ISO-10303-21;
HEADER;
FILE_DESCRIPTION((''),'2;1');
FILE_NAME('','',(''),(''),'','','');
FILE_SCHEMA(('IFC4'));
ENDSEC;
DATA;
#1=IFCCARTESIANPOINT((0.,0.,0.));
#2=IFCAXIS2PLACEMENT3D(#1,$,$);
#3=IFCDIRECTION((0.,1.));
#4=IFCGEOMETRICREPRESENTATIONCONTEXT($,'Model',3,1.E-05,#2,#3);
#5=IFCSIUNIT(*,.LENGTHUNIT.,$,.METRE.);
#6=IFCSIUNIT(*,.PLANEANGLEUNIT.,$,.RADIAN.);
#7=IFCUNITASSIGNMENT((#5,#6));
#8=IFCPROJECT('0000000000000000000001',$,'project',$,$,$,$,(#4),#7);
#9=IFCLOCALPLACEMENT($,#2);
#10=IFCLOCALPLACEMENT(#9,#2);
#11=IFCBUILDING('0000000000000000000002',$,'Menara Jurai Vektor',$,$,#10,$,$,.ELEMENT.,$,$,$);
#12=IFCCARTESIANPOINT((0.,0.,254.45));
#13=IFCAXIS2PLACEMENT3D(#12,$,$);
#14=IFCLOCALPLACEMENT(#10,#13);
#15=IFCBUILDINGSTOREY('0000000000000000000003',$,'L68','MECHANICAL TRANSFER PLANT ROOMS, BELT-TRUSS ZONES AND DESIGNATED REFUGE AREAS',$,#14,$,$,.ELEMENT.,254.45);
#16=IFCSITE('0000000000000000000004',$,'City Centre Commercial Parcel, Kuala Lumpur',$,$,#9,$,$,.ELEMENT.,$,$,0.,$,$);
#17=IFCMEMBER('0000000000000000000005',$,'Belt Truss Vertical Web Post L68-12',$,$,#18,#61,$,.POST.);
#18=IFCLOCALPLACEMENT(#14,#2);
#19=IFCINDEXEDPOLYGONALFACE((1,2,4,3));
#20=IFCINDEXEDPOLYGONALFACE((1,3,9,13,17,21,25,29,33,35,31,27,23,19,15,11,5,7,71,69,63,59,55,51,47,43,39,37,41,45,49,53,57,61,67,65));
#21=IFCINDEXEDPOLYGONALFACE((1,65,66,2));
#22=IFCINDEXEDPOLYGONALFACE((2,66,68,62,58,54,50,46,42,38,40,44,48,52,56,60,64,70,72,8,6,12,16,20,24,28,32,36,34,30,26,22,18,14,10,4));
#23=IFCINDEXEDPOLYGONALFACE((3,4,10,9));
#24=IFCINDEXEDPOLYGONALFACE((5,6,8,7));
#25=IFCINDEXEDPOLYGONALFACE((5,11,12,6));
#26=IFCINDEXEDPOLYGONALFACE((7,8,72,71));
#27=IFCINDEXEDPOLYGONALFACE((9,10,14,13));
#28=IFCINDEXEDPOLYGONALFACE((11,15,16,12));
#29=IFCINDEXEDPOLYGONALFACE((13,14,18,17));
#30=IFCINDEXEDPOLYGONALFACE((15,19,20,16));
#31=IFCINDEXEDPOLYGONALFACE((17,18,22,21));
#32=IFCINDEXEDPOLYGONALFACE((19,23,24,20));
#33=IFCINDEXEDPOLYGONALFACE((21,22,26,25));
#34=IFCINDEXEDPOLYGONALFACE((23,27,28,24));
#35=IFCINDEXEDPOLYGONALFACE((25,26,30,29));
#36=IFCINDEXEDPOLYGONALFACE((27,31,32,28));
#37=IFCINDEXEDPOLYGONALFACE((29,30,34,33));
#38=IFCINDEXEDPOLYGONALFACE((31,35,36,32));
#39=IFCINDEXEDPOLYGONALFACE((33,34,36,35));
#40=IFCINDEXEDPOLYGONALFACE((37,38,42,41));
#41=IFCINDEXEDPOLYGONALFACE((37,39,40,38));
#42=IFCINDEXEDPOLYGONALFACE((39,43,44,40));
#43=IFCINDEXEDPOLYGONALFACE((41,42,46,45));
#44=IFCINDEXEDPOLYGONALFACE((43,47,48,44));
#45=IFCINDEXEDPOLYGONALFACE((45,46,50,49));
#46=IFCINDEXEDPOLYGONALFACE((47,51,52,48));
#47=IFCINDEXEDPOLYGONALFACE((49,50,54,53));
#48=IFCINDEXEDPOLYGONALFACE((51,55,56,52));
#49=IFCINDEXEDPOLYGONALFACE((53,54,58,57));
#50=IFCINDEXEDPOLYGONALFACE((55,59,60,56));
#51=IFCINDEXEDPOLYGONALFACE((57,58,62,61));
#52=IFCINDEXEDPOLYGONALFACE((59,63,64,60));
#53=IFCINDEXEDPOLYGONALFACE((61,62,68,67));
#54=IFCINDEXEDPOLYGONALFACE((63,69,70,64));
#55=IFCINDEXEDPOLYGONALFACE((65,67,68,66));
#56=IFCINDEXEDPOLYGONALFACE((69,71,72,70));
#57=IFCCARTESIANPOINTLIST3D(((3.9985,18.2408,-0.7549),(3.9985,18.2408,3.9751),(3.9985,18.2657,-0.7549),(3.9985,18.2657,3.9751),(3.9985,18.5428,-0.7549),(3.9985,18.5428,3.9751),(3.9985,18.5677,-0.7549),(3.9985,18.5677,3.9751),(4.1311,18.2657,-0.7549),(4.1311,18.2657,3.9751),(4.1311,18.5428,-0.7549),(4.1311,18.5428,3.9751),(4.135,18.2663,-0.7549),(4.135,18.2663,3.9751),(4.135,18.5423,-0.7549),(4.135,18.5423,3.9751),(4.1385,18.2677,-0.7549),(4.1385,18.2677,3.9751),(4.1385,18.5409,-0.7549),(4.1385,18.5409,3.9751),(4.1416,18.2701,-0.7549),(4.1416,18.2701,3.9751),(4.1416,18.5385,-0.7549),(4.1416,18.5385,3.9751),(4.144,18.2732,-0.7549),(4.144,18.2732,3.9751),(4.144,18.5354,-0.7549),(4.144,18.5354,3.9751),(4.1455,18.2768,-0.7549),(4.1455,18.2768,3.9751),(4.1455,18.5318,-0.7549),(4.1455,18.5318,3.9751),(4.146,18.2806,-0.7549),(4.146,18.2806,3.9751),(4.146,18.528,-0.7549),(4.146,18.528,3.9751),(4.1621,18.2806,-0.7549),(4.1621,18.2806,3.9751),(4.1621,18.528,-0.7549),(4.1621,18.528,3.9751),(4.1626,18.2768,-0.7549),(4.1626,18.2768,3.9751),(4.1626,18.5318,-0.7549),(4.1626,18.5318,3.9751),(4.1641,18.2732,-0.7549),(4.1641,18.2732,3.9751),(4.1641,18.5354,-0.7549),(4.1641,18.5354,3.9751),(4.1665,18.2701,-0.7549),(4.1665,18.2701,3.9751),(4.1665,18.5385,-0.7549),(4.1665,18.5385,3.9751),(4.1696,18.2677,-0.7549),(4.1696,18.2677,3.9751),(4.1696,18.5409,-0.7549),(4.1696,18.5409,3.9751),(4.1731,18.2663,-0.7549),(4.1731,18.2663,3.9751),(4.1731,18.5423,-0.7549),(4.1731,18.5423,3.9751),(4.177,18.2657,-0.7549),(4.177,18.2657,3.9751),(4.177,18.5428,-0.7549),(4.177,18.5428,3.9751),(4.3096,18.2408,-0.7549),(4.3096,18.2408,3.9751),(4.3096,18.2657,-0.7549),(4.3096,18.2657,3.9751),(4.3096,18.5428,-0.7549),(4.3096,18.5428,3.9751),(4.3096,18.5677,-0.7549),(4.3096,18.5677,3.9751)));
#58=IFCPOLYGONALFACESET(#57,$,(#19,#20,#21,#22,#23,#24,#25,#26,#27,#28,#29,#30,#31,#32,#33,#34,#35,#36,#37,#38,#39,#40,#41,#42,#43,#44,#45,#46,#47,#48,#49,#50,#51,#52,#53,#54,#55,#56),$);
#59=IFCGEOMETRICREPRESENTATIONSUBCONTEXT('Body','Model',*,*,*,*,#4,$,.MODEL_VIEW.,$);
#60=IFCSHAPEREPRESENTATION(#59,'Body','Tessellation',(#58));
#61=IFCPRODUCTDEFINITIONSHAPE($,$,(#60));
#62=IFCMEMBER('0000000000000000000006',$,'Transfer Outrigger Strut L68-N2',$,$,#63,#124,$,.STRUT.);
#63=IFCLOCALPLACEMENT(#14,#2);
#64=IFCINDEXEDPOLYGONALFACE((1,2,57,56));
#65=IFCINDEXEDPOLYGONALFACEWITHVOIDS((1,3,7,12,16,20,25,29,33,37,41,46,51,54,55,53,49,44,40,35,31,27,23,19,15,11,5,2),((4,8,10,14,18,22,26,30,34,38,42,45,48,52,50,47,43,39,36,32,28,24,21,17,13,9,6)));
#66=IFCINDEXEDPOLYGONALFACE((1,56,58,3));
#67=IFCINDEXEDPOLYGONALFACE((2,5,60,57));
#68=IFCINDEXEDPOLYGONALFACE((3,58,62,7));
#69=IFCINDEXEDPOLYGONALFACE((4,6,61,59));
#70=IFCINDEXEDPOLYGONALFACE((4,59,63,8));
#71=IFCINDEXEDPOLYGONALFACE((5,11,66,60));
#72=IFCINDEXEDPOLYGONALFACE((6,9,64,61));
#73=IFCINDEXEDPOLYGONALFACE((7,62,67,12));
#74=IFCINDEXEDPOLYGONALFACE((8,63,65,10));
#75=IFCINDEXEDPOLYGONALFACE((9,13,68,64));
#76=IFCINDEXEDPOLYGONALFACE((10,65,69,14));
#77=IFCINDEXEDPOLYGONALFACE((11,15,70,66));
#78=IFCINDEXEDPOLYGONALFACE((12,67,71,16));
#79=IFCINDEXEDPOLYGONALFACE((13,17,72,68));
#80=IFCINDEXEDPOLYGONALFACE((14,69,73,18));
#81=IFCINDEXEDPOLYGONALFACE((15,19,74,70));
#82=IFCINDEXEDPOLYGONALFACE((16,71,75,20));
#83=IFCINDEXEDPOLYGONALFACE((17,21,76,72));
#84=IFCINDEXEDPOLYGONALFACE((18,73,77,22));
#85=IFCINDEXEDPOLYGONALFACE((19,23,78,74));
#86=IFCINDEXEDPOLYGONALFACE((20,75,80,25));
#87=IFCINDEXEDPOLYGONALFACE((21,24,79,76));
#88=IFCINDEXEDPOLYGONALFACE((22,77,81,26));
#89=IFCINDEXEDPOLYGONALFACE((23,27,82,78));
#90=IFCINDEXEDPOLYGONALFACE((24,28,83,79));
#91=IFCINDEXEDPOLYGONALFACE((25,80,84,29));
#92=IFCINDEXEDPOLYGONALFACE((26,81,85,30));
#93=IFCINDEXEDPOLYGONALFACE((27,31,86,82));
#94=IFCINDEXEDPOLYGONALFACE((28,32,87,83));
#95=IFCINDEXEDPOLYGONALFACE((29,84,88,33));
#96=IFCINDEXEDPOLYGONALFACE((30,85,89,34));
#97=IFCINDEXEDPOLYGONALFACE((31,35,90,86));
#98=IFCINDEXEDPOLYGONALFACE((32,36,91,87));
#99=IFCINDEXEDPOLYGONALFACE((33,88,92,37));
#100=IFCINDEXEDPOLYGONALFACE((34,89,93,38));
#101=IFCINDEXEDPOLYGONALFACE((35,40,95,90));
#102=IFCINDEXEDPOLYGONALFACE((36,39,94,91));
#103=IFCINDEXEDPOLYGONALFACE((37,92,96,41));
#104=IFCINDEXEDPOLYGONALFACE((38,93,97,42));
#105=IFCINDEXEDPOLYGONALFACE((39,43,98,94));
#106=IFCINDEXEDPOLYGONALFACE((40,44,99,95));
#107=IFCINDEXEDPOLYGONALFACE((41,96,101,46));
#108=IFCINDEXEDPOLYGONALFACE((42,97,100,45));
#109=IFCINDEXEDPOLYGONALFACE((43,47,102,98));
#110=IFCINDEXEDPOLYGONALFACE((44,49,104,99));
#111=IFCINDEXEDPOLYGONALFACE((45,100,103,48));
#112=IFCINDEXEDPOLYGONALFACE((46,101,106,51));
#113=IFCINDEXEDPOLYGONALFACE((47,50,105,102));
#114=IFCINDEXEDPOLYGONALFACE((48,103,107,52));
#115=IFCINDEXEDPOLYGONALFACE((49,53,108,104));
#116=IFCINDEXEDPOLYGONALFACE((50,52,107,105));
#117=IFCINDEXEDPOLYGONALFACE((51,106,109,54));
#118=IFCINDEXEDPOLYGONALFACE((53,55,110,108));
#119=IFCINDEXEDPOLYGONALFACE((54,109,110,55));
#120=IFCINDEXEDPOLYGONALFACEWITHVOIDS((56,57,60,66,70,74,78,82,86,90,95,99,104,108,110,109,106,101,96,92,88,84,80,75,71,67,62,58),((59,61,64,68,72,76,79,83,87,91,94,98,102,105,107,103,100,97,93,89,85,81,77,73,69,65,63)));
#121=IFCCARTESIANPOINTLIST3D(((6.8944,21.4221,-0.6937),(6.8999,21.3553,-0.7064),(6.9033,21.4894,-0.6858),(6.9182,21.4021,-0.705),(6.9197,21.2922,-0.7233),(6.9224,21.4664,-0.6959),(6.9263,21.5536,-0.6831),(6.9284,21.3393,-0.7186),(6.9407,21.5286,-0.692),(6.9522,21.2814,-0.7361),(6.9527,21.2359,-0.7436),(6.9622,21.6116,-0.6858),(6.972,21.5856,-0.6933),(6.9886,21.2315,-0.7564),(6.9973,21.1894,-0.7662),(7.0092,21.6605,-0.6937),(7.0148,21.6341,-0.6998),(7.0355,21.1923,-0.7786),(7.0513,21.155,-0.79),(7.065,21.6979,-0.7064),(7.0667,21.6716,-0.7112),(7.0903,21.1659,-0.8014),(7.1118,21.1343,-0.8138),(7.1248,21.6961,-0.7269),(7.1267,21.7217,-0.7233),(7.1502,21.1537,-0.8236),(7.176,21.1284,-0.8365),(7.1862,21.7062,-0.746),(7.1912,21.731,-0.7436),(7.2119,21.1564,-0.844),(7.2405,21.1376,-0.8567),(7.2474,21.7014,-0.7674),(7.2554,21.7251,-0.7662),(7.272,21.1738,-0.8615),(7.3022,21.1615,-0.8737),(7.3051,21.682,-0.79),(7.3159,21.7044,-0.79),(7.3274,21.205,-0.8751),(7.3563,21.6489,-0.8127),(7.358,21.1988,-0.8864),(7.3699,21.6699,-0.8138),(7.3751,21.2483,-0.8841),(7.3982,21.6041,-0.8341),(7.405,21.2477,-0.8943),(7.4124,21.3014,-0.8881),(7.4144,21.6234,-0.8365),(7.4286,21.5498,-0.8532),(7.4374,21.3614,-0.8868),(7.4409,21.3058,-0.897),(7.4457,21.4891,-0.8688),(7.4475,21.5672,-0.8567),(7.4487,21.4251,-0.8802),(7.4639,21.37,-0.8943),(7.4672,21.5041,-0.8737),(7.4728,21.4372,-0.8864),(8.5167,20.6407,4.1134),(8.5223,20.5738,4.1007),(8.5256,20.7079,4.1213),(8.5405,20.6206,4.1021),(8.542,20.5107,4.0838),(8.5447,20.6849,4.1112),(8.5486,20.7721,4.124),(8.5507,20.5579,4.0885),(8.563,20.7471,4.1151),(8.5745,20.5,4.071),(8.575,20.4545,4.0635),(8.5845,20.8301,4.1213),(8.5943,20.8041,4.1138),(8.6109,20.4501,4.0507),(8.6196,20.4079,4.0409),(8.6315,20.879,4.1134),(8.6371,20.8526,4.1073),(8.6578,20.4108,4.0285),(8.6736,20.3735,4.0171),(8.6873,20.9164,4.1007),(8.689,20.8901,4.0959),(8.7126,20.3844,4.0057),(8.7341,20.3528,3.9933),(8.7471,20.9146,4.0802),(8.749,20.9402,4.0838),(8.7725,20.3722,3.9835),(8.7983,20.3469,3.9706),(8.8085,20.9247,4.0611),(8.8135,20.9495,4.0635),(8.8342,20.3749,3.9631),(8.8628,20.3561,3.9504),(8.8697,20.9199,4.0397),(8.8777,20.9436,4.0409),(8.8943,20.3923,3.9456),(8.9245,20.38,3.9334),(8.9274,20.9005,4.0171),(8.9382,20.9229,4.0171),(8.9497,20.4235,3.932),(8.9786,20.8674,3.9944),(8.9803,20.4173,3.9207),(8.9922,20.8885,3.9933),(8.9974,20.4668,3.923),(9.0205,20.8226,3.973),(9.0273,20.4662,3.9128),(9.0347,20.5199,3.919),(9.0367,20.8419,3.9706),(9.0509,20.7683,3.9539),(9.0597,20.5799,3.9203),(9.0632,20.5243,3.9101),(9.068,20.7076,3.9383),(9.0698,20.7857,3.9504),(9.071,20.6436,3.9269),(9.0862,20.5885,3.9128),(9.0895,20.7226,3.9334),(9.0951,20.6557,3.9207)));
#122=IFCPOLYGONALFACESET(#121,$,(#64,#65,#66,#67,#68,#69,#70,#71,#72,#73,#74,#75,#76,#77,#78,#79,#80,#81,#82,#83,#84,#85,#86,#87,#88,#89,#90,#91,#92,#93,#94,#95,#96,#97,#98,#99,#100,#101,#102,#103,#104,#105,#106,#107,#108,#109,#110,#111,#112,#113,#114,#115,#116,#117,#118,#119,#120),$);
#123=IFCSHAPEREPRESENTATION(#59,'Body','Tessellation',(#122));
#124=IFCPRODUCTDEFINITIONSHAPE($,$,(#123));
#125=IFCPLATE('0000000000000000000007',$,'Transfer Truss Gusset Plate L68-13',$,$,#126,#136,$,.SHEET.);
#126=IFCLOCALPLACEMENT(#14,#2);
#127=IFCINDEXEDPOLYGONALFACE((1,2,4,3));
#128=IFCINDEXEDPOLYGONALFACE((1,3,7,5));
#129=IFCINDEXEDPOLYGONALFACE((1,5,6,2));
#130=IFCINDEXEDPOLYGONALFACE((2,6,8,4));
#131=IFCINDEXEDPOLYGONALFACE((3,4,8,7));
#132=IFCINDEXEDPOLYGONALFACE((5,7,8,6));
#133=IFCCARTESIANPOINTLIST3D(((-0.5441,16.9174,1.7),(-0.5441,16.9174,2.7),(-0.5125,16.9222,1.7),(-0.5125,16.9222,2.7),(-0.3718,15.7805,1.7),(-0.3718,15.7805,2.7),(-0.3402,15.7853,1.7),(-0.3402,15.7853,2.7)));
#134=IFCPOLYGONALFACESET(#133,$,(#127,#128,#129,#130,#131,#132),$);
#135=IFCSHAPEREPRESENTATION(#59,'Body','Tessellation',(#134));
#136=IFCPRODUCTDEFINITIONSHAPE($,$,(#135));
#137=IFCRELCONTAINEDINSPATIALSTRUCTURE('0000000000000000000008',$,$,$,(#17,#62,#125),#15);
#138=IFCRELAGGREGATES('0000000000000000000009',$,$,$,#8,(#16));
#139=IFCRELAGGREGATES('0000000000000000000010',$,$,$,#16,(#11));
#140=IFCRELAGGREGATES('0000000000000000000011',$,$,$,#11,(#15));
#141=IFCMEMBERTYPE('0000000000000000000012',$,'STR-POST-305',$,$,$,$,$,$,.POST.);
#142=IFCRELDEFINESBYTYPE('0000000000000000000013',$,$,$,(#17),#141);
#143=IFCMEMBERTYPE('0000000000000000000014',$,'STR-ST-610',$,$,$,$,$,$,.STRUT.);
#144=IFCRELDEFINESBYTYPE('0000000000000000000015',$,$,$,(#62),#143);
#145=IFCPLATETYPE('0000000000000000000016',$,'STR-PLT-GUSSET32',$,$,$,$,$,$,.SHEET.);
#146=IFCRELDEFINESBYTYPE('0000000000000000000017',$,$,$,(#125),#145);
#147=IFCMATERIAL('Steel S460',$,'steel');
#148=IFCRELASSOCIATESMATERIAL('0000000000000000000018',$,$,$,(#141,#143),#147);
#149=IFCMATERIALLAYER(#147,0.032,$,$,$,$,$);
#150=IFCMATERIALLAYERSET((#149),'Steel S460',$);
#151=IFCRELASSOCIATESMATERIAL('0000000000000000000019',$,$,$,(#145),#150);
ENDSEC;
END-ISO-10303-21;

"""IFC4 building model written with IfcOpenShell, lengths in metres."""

from ifc_helpers import new_model, si_unit, direction, frame, origin, origin_2d, place, context, subcontext, project, spatial, rectangle, hollow_circle, i_section, extrude, material, layer, layer_set, material_profile, profile_set, type_object, element, save


model = new_model("IFC4")

# Units and contexts
model_context = context("Model", 3, precision=1e-05, world=origin(), true_north=direction((0.0, 1.0)))
body_context = subcontext(model_context, "Body", "Model", "MODEL_VIEW")
ifc_project = project(units=[si_unit("LENGTHUNIT", "METRE"), si_unit("PLANEANGLEUNIT", "RADIAN")], contexts=[model_context])

# Site, building, storey
site_placement = place(None, origin())
site = spatial("IfcSite", under=ifc_project, at=site_placement, Name="City Centre Commercial Parcel, Kuala Lumpur", CompositionType="ELEMENT", RefElevation=0.0)
building_placement = place(site_placement, origin())
building = spatial("IfcBuilding", under=site, at=building_placement, Name="Menara Jurai Vektor", CompositionType="ELEMENT")
storey_placement = place(building_placement, frame((0.0, 0.0, 254.45)))
storey = spatial("IfcBuildingStorey", under=building, at=storey_placement, Name="L68", Description="MECHANICAL TRANSFER PLANT ROOMS, BELT-TRUSS ZONES AND DESIGNATED REFUGE AREAS", CompositionType="ELEMENT", Elevation=254.45)

# Shared definitions
ifc_material_1 = material(Name="Steel S460", Category="steel")

# Members
ifc_material_profile_1 = material_profile(ifc_material_1, i_section(OverallWidth=0.311, OverallDepth=0.3269, WebThickness=0.0161, FlangeThickness=0.0249, FilletRadius=0.0149, at=origin_2d()), Name="UKC 305x305x158")
ifc_profile_set_1 = profile_set([ifc_material_profile_1], Name="Steel S460")
member_type_1 = type_object("IfcMemberType", Name="STR-POST-305", PredefinedType="POST", material=ifc_profile_set_1)
member_1_placement = place(storey_placement, frame((4.1541, 18.4043, -0.7549), z_axis=(0.0, 0.0, 1.0), x_axis=(1.0, 0.0, 0.0)))
element("IfcMember", 1, at=member_1_placement, inside=storey, type_object=member_type_1, Name="Belt Truss Vertical Web Post L68-12", PredefinedType="POST", context=body_context, shape_type="SweptSolid", body=[
    extrude(i_section(OverallWidth=0.311, OverallDepth=0.3269, WebThickness=0.0161, FlangeThickness=0.0249, FilletRadius=0.0149, at=origin_2d()), origin(), (0.0, 0.0, 1.0), 4.73),
])
ifc_material_profile_2 = material_profile(ifc_material_1, hollow_circle(Radius=0.3049, WallThickness=0.0249, at=origin_2d()), Name="CHS 610x25")
ifc_profile_set_2 = profile_set([ifc_material_profile_2], Name="Steel S460")
member_type_2 = type_object("IfcMemberType", Name="STR-ST-610", PredefinedType="STRUT", material=ifc_profile_set_2)
member_2_placement = place(storey_placement, frame((7.1836, 21.4297, -0.79), z_axis=(0.316035, -0.152239, 0.936453), x_axis=(0.433987, 0.900919, 0.0)))
element("IfcMember", 2, at=member_2_placement, inside=storey, type_object=member_type_2, Name="Transfer Outrigger Strut L68-N2", PredefinedType="STRUT", context=body_context, shape_type="SweptSolid", body=[
    extrude(hollow_circle(Radius=0.3049, WallThickness=0.0249, at=origin_2d()), origin(), (0.0, 0.0, 1.0), 5.1333),
])

# Plate
ifc_layer = layer(ifc_material_1, 0.032)
ifc_layer_set = layer_set([ifc_layer], Name="Steel S460")
plate_type = type_object("IfcPlateType", Name="STR-PLT-GUSSET32", PredefinedType="SHEET", material=ifc_layer_set)
plate_placement = place(storey_placement, frame((-0.4421, 16.3513, 1.7), z_axis=(0.0, 0.0, 1.0), x_axis=(0.14988, -0.988704, 0.0)))
element("IfcPlate", 3, at=plate_placement, inside=storey, type_object=plate_type, Name="Transfer Truss Gusset Plate L68-13", PredefinedType="SHEET", context=body_context, shape_type="SweptSolid", body=[
    extrude(rectangle(XDim=1.1499, YDim=0.032, at=origin_2d()), origin(), (0.0, 0.0, 1.0), 1.0),
])

save(model, "model.ifc")
